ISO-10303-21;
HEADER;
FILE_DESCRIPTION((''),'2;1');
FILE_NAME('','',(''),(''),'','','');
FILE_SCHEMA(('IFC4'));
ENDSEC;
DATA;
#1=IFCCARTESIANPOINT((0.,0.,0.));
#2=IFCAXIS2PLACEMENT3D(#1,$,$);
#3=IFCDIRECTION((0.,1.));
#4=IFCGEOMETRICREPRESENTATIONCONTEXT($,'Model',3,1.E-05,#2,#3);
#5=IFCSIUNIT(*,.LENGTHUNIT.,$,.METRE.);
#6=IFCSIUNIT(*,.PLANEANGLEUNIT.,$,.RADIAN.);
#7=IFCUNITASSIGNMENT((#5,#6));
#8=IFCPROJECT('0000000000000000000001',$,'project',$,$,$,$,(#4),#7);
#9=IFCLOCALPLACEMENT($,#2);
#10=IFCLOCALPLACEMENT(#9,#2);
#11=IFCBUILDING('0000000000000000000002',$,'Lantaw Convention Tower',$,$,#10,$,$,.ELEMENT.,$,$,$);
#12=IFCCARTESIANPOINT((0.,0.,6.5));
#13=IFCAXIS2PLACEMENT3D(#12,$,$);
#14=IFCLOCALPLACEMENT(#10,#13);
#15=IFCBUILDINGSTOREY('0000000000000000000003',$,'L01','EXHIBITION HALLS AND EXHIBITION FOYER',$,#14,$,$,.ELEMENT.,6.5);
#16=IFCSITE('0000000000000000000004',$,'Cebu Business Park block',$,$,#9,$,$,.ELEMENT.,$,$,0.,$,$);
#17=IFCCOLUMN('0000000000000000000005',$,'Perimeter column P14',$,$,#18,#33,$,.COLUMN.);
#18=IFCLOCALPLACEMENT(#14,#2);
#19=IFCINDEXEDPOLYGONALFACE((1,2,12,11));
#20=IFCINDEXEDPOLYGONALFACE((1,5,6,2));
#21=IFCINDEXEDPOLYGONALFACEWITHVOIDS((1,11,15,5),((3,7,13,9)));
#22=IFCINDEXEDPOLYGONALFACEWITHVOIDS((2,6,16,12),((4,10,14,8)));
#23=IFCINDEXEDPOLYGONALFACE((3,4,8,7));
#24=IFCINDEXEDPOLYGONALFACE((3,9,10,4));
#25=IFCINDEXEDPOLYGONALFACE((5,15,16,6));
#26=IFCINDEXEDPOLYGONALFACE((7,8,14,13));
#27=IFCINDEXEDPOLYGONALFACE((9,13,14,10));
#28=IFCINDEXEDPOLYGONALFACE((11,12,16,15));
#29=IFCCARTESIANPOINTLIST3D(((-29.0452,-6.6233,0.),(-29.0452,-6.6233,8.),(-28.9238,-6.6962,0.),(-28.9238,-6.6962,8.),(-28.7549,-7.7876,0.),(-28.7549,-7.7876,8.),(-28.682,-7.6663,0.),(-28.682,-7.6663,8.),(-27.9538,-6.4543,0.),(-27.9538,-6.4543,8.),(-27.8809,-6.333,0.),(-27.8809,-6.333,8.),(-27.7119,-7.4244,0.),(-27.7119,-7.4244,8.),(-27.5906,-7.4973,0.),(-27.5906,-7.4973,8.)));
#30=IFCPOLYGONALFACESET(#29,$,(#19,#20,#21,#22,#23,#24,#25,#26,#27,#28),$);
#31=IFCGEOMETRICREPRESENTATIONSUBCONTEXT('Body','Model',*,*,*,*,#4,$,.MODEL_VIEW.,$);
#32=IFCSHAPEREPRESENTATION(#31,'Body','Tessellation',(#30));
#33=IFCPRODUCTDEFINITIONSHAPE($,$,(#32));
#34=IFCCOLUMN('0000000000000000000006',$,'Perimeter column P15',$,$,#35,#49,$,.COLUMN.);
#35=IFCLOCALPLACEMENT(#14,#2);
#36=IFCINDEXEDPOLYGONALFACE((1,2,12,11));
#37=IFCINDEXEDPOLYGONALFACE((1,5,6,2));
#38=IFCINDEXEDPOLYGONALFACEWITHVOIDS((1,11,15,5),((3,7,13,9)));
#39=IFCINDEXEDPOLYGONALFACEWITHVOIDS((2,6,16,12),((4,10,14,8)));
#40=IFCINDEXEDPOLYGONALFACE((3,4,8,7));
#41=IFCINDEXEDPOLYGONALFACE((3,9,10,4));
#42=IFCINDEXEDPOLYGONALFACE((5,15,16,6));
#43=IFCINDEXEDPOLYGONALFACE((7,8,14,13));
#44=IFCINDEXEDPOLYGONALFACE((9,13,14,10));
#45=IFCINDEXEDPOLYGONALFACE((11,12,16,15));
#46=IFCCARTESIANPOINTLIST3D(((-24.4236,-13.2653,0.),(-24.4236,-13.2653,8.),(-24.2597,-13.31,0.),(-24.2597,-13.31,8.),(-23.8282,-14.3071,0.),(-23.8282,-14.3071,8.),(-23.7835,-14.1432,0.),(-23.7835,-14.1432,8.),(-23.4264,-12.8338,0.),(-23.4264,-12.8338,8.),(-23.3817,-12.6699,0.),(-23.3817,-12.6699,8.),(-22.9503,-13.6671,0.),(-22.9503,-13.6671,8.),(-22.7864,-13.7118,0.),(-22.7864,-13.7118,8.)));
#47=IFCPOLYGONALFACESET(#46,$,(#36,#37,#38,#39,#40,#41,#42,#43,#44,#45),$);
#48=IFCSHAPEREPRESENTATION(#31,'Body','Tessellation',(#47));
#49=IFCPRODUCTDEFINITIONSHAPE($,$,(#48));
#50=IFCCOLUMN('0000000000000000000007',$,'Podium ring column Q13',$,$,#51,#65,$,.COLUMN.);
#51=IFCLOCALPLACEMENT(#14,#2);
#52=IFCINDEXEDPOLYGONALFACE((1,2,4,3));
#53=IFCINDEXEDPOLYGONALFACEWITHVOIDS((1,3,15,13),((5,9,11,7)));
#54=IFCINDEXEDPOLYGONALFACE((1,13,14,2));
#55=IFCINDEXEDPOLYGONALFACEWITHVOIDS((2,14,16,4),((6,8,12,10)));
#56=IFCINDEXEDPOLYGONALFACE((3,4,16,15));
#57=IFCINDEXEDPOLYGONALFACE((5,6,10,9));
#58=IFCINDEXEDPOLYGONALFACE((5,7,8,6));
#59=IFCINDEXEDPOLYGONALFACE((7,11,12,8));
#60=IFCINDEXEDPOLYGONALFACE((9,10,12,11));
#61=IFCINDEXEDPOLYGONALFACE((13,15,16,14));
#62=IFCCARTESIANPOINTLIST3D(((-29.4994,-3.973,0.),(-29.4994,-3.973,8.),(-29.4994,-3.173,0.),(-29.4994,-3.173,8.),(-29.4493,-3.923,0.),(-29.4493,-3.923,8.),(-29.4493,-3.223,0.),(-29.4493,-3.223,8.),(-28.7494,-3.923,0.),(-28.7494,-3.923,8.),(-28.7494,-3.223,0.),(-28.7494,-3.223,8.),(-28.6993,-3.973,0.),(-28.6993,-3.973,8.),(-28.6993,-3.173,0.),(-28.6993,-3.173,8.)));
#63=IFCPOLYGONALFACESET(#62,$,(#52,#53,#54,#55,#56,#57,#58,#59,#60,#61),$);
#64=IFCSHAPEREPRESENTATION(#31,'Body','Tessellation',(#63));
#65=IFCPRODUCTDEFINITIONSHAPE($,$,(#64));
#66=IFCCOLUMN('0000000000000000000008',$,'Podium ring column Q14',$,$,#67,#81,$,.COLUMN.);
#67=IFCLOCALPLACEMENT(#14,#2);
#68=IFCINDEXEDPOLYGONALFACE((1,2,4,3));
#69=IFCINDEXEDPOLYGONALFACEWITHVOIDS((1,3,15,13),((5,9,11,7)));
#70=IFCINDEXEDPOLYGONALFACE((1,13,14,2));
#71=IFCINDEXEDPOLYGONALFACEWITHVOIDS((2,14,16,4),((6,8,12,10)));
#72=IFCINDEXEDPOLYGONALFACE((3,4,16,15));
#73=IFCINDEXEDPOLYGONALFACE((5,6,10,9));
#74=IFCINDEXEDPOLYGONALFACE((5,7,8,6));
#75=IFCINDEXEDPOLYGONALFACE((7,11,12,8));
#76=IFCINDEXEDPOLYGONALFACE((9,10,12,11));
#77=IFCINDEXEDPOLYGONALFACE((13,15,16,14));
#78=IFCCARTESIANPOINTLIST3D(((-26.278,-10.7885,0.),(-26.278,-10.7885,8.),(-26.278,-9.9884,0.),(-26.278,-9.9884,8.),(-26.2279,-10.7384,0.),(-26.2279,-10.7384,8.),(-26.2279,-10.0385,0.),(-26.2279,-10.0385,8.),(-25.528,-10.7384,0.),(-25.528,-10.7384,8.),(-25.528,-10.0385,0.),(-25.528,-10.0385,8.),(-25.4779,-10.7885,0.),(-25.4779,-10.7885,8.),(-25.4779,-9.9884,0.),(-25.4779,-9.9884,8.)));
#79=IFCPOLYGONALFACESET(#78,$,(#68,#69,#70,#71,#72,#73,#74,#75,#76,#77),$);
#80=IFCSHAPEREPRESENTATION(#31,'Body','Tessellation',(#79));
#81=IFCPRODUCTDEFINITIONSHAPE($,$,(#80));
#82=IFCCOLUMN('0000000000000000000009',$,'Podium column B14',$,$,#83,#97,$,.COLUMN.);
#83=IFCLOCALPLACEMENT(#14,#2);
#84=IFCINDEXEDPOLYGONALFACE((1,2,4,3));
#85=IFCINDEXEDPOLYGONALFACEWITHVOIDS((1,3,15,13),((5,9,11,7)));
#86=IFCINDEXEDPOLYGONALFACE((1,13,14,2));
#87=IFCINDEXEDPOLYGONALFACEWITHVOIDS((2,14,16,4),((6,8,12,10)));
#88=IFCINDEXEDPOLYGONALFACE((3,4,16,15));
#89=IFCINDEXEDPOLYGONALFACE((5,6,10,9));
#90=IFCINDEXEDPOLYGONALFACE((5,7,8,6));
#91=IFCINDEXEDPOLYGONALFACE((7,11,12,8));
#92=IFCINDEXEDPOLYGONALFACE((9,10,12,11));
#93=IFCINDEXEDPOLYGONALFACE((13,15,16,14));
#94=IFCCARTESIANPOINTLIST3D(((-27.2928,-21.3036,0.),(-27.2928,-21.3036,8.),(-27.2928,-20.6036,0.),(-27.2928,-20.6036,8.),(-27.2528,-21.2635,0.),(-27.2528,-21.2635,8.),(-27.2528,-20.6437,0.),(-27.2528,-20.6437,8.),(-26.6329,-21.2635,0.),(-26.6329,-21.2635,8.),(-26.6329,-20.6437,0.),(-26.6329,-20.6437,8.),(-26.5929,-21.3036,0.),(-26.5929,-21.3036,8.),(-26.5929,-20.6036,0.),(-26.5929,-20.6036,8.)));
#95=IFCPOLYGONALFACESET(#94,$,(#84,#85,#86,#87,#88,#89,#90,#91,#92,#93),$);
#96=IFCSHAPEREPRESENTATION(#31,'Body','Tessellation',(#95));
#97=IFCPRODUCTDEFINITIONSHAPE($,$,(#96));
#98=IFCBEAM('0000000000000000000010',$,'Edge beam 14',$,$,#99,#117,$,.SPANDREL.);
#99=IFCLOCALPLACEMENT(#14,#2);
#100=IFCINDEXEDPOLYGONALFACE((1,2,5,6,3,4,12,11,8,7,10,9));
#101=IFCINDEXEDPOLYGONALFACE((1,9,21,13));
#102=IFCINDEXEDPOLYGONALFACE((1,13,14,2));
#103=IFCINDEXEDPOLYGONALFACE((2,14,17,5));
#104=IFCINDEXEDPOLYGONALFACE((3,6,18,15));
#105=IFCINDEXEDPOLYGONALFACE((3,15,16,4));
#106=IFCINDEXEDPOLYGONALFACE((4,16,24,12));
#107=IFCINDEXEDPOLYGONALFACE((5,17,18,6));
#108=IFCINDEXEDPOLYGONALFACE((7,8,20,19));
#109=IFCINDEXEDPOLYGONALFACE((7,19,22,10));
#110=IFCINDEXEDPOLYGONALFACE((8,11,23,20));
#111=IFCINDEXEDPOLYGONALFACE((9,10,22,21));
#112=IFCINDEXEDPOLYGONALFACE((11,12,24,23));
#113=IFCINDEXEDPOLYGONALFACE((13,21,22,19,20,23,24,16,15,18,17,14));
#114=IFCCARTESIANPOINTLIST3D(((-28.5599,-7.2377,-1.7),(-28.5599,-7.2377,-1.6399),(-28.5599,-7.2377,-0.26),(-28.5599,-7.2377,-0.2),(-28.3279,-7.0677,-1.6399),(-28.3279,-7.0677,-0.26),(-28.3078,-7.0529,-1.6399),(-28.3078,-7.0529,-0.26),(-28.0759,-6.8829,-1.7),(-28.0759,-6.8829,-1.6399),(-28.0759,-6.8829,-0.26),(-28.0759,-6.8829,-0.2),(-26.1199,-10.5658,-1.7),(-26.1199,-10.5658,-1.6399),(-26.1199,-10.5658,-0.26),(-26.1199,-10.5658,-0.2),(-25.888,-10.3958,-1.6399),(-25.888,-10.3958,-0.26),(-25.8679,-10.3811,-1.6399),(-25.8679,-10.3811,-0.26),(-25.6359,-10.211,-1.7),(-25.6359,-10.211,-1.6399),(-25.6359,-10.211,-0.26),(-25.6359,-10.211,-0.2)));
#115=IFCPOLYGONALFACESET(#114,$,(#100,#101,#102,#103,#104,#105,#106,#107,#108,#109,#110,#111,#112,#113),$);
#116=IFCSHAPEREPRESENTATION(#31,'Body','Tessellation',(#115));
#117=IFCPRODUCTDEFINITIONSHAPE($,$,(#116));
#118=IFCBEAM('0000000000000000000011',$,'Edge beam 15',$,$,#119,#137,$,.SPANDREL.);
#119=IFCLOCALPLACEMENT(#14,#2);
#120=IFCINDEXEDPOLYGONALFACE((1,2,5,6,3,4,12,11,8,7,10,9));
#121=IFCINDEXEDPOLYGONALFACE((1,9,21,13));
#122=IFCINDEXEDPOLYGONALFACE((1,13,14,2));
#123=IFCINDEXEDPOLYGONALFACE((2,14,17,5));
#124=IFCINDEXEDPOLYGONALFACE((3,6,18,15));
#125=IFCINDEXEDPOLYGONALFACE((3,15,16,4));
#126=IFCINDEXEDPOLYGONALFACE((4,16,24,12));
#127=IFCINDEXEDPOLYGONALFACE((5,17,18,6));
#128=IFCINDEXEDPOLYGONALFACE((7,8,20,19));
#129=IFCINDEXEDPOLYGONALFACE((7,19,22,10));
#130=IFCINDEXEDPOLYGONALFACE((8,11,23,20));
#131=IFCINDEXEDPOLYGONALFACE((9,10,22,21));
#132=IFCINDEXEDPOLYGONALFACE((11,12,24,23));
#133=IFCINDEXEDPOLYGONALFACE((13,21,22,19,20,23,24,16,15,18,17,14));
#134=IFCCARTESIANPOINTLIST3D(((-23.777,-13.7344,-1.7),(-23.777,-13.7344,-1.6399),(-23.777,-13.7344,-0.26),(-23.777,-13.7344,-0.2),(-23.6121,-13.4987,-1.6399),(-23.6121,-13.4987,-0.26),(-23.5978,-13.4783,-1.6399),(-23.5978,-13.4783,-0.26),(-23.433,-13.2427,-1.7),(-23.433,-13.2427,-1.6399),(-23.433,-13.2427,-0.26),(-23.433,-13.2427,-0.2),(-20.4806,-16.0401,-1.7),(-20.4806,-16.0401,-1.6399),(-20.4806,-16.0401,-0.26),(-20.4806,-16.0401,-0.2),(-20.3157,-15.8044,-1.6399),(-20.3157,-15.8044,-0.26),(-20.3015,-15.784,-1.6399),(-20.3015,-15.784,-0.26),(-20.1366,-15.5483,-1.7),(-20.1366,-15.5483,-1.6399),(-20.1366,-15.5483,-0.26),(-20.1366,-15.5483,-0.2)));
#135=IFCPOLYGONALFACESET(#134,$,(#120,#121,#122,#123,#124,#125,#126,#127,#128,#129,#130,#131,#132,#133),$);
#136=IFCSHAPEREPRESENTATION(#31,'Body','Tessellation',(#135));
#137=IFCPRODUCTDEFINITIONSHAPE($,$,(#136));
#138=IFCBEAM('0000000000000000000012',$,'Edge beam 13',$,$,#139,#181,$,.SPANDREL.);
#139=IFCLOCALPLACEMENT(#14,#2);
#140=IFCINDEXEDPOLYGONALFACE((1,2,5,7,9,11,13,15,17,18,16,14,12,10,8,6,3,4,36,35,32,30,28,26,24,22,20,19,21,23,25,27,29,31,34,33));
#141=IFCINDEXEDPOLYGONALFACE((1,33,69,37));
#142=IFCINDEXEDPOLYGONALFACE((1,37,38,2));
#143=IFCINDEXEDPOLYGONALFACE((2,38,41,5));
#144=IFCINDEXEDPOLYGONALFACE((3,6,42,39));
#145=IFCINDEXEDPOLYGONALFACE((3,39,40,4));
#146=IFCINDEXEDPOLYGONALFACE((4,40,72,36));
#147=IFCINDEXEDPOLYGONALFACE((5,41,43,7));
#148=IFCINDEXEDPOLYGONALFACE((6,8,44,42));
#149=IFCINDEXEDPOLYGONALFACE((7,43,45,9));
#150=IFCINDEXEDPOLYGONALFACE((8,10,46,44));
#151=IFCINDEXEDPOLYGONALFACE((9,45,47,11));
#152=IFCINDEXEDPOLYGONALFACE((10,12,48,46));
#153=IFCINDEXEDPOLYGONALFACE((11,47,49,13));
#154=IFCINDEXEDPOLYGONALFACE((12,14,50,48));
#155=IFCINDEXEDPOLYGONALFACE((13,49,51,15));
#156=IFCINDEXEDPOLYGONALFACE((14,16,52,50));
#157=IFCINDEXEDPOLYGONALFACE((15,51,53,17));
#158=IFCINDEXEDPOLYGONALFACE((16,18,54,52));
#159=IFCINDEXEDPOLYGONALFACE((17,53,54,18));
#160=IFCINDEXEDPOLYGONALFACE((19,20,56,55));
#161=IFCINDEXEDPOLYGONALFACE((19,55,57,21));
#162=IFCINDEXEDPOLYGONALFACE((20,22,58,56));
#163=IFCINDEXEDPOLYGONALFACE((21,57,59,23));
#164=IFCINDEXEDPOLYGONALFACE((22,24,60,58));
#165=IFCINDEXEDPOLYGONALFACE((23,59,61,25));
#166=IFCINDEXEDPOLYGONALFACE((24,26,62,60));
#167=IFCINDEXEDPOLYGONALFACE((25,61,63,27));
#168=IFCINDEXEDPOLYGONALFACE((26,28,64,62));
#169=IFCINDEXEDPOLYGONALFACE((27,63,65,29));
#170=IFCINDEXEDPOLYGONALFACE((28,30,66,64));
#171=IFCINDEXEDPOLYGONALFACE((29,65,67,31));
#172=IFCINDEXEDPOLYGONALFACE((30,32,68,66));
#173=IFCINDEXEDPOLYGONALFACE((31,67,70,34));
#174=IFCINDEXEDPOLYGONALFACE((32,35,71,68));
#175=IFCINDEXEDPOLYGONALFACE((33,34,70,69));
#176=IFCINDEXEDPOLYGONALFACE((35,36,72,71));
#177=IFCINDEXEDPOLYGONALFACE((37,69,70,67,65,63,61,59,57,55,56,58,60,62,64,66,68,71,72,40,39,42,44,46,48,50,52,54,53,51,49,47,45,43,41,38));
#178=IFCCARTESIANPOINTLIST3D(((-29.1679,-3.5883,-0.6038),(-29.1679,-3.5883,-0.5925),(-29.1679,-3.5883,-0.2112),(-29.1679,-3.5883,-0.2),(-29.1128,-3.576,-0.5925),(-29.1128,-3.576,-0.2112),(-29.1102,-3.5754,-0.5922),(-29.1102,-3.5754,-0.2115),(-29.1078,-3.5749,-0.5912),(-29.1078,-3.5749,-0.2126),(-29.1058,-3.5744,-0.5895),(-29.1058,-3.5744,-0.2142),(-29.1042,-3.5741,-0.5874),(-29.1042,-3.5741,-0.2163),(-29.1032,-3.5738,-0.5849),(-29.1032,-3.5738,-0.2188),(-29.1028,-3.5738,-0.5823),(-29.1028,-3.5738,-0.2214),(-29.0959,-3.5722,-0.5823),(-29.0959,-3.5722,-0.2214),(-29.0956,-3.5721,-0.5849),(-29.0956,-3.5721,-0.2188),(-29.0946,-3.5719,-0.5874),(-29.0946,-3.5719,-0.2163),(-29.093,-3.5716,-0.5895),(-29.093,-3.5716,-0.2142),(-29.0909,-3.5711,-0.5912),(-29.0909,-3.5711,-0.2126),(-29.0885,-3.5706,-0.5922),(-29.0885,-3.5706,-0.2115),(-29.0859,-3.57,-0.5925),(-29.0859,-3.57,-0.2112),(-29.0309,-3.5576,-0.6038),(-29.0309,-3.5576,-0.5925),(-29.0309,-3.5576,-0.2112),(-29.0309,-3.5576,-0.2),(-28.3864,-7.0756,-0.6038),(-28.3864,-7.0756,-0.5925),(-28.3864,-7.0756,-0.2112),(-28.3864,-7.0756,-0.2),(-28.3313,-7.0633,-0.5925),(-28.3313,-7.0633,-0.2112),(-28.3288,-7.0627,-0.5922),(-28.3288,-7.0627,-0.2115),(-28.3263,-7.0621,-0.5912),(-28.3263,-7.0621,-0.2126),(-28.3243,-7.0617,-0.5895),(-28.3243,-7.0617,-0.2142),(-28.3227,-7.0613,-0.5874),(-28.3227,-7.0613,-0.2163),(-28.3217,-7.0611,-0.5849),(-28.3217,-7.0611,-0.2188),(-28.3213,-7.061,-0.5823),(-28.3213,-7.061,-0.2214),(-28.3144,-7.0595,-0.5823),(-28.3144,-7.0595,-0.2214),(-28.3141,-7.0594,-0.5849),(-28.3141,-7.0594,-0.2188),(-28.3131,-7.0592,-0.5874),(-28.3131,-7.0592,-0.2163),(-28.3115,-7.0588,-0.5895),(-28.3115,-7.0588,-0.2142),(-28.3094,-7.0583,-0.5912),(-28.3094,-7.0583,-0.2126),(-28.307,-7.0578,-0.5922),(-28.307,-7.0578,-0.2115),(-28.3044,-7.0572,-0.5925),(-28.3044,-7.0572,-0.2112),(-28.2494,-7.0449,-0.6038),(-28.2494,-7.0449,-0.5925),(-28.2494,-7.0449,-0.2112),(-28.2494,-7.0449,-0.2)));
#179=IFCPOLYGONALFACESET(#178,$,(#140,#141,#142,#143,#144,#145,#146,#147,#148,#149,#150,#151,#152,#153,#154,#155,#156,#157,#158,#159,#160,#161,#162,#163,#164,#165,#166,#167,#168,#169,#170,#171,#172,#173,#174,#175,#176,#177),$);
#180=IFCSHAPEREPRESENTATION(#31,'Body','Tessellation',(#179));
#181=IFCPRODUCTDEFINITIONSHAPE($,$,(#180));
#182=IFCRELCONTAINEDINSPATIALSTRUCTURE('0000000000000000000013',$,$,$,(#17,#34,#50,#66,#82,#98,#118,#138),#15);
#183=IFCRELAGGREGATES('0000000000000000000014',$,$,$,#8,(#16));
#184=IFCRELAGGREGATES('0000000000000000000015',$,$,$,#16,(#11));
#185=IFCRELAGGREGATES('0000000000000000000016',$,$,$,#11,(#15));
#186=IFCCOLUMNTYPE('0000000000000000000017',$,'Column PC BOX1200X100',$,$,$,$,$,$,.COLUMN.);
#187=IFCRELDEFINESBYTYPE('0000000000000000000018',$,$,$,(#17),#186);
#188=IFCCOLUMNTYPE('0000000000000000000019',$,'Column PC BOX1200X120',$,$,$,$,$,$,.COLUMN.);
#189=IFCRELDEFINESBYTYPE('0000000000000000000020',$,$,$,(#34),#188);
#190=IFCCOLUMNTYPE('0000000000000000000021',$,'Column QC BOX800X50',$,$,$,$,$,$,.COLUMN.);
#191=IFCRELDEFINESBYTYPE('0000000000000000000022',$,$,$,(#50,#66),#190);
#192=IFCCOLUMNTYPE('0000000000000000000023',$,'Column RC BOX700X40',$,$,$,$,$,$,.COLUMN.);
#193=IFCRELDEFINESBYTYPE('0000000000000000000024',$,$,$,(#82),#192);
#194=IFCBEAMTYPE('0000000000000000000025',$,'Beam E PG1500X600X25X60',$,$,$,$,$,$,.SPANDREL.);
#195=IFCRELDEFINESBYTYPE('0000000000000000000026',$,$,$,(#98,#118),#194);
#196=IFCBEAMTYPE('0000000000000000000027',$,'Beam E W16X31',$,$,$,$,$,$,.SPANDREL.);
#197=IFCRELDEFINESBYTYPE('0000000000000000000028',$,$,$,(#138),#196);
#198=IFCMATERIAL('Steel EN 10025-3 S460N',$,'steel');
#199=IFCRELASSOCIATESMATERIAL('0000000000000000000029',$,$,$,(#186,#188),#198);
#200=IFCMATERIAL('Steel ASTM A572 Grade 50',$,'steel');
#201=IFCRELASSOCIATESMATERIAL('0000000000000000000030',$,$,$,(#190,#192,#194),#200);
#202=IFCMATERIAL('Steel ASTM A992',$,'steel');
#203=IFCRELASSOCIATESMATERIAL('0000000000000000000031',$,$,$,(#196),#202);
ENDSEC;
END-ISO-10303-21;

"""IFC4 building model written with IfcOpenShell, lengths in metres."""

from ifc_helpers import new_model, si_unit, direction, frame, origin, origin_2d, place, context, subcontext, project, spatial, rectangle, hollow_rectangle, i_section, extrude, material, material_profile, profile_set, type_object, element, save


model = new_model("IFC4")

# Units and contexts
model_context = context("Model", 3, precision=1e-05, world=origin(), true_north=direction((0.0, 1.0)))
body_context = subcontext(model_context, "Body", "Model", "MODEL_VIEW")
ifc_project = project(units=[si_unit("LENGTHUNIT", "METRE"), si_unit("PLANEANGLEUNIT", "RADIAN")], contexts=[model_context])

# Site, building, storey
site_placement = place(None, origin())
site = spatial("IfcSite", under=ifc_project, at=site_placement, Name="Cebu Business Park block", CompositionType="ELEMENT", RefElevation=0.0)
building_placement = place(site_placement, origin())
building = spatial("IfcBuilding", under=site, at=building_placement, Name="Lantaw Convention Tower", CompositionType="ELEMENT")
storey_placement = place(building_placement, frame((0.0, 0.0, 6.5)))
storey = spatial("IfcBuildingStorey", under=building, at=storey_placement, Name="L01", Description="EXHIBITION HALLS AND EXHIBITION FOYER", CompositionType="ELEMENT", Elevation=6.5)

# Columns
ifc_material_1 = material(Name="Steel EN 10025-3 S460N", Category="steel")
ifc_material_profile_1 = material_profile(ifc_material_1, hollow_rectangle(XDim=1.2, YDim=1.2, WallThickness=0.1001, at=origin_2d()), Name="BOX1200X100")
ifc_material_2 = material(Name="Concrete C60/75", Category="concrete")
ifc_material_profile_2 = material_profile(ifc_material_2, rectangle(XDim=1.0, YDim=1.0, at=origin_2d()), Name="Concrete fill of BOX1200X100")
ifc_profile_set_1 = profile_set([ifc_material_profile_1, ifc_material_profile_2], Name="Steel EN 10025-3 S460N")
column_type_1 = type_object("IfcColumnType", Name="Column PC BOX1200X100", PredefinedType="COLUMN", material=ifc_profile_set_1)
column_1_placement = place(storey_placement, frame((-28.3179, -7.0603, 0.0), z_axis=(0.0, 0.0, 1.0), x_axis=(0.970296, 0.241922, 0.0)))
element("IfcColumn", 1, at=column_1_placement, inside=storey, type_object=column_type_1, Name="Perimeter column P14", PredefinedType="COLUMN", context=body_context, shape_type="SweptSolid", body=[
    extrude(hollow_rectangle(XDim=1.2, YDim=1.2, WallThickness=0.1001, at=origin_2d()), origin(), (0.0, 0.0, 1.0), 8.0),
])
ifc_material_profile_3 = material_profile(ifc_material_1, hollow_rectangle(XDim=1.2, YDim=1.2, WallThickness=0.1201, at=origin_2d()), Name="BOX1200X120")
ifc_material_profile_4 = material_profile(ifc_material_2, rectangle(XDim=0.96, YDim=0.96, at=origin_2d()), Name="Concrete fill of BOX1200X120")
ifc_profile_set_2 = profile_set([ifc_material_profile_3, ifc_material_profile_4], Name="Steel EN 10025-3 S460N")
column_type_2 = type_object("IfcColumnType", Name="Column PC BOX1200X120", PredefinedType="COLUMN", material=ifc_profile_set_2)
column_2_placement = place(storey_placement, frame((-23.605, -13.4885, 0.0), z_axis=(0.0, 0.0, 1.0), x_axis=(0.868243, 0.496139, 0.0)))
element("IfcColumn", 2, at=column_2_placement, inside=storey, type_object=column_type_2, Name="Perimeter column P15", PredefinedType="COLUMN", context=body_context, shape_type="SweptSolid", body=[
    extrude(hollow_rectangle(XDim=1.2, YDim=1.2, WallThickness=0.1201, at=origin_2d()), origin(), (0.0, 0.0, 1.0), 8.0),
])
ifc_material_3 = material(Name="Steel ASTM A572 Grade 50", Category="steel")
ifc_material_profile_5 = material_profile(ifc_material_3, hollow_rectangle(XDim=0.8, YDim=0.8, WallThickness=0.05, at=origin_2d()), Name="BOX800X50")
ifc_profile_set_3 = profile_set([ifc_material_profile_5], Name="Steel ASTM A572 Grade 50")
column_type_3 = type_object("IfcColumnType", Name="Column QC BOX800X50", PredefinedType="COLUMN", material=ifc_profile_set_3)
for number, where, z_axis, x_axis, name in (
    (3, (-29.0994, -3.573, 0.0), (0.0, 0.0, 1.0), (1.0, 0.0, 0.0), "Podium ring column Q13"),
    (4, (-25.8779, -10.3884, 0.0), (0.0, 0.0, 1.0), (1.0, 0.0, 0.0), "Podium ring column Q14"),
):
    element("IfcColumn", number, at=place(storey_placement, frame(where, z_axis=z_axis, x_axis=x_axis)), inside=storey, type_object=column_type_3, Name=name, PredefinedType="COLUMN", context=body_context, shape_type="SweptSolid", body=[
        extrude(hollow_rectangle(XDim=0.8, YDim=0.8, WallThickness=0.05, at=origin_2d()), origin(), (0.0, 0.0, 1.0), 8.0),
    ])
ifc_material_profile_6 = material_profile(ifc_material_3, hollow_rectangle(XDim=0.7, YDim=0.7, WallThickness=0.04, at=origin_2d()), Name="BOX700X40")
ifc_profile_set_4 = profile_set([ifc_material_profile_6], Name="Steel ASTM A572 Grade 50")
column_type_4 = type_object("IfcColumnType", Name="Column RC BOX700X40", PredefinedType="COLUMN", material=ifc_profile_set_4)
column_3_placement = place(storey_placement, frame((-26.9429, -20.9536, 0.0), z_axis=(0.0, 0.0, 1.0), x_axis=(1.0, 0.0, 0.0)))
element("IfcColumn", 5, at=column_3_placement, inside=storey, type_object=column_type_4, Name="Podium column B14", PredefinedType="COLUMN", context=body_context, shape_type="SweptSolid", body=[
    extrude(hollow_rectangle(XDim=0.7, YDim=0.7, WallThickness=0.04, at=origin_2d()), origin(), (0.0, 0.0, 1.0), 8.0),
])

# Beams
ifc_material_profile_7 = material_profile(ifc_material_3, i_section(OverallWidth=0.6001, OverallDepth=1.5, WebThickness=0.0249, FlangeThickness=0.0601, at=origin_2d()), Name="PG1500X600X25X60")
ifc_profile_set_5 = profile_set([ifc_material_profile_7], Name="Steel ASTM A572 Grade 50")
beam_type_1 = type_object("IfcBeamType", Name="Beam E PG1500X600X25X60", PredefinedType="SPANDREL", material=ifc_profile_set_5)
beam_1_placement = place(storey_placement, frame((-28.3179, -7.0603, -0.95), z_axis=(0.591256, -0.806484, 0.0), x_axis=(0.806484, 0.591256, 0.0)))
element("IfcBeam", 6, at=beam_1_placement, inside=storey, type_object=beam_type_1, Name="Edge beam 14", PredefinedType="SPANDREL", context=body_context, shape_type="SweptSolid", body=[
    extrude(i_section(OverallWidth=0.6001, OverallDepth=1.5, WebThickness=0.0249, FlangeThickness=0.0601, at=origin_2d()), origin(), (0.0, 0.0, 1.0), 4.1267),
])
beam_2_placement = place(storey_placement, frame((-23.605, -13.4885, -0.95), z_axis=(0.819443, -0.573161, 0.0), x_axis=(0.573161, 0.819443, 0.0)))
element("IfcBeam", 7, at=beam_2_placement, inside=storey, type_object=beam_type_1, Name="Edge beam 15", PredefinedType="SPANDREL", context=body_context, shape_type="SweptSolid", body=[
    extrude(i_section(OverallWidth=0.6001, OverallDepth=1.5, WebThickness=0.0249, FlangeThickness=0.0601, at=origin_2d()), origin(), (0.0, 0.0, 1.0), 4.0227),
])
ifc_material_4 = material(Name="Steel ASTM A992", Category="steel")
ifc_material_profile_8 = material_profile(ifc_material_4, i_section(OverallWidth=0.1404, OverallDepth=0.4038, WebThickness=0.0071, FlangeThickness=0.0112, FilletRadius=0.0103, at=origin_2d()), Name="W16X31")
ifc_profile_set_6 = profile_set([ifc_material_profile_8], Name="Steel ASTM A992")
beam_type_2 = type_object("IfcBeamType", Name="Beam E W16X31", PredefinedType="SPANDREL", material=ifc_profile_set_6)
beam_3_placement = place(storey_placement, frame((-29.0994, -3.573, -0.4019), z_axis=(0.218673, -0.975798, 0.0), x_axis=(0.975798, 0.218673, 0.0)))
element("IfcBeam", 8, at=beam_3_placement, inside=storey, type_object=beam_type_2, Name="Edge beam 13", PredefinedType="SPANDREL", context=body_context, shape_type="SweptSolid", body=[
    extrude(i_section(OverallWidth=0.1404, OverallDepth=0.4038, WebThickness=0.0071, FlangeThickness=0.0112, FilletRadius=0.0103, at=origin_2d()), origin(), (0.0, 0.0, 1.0), 3.5737),
])

save(model, "model.ifc")
